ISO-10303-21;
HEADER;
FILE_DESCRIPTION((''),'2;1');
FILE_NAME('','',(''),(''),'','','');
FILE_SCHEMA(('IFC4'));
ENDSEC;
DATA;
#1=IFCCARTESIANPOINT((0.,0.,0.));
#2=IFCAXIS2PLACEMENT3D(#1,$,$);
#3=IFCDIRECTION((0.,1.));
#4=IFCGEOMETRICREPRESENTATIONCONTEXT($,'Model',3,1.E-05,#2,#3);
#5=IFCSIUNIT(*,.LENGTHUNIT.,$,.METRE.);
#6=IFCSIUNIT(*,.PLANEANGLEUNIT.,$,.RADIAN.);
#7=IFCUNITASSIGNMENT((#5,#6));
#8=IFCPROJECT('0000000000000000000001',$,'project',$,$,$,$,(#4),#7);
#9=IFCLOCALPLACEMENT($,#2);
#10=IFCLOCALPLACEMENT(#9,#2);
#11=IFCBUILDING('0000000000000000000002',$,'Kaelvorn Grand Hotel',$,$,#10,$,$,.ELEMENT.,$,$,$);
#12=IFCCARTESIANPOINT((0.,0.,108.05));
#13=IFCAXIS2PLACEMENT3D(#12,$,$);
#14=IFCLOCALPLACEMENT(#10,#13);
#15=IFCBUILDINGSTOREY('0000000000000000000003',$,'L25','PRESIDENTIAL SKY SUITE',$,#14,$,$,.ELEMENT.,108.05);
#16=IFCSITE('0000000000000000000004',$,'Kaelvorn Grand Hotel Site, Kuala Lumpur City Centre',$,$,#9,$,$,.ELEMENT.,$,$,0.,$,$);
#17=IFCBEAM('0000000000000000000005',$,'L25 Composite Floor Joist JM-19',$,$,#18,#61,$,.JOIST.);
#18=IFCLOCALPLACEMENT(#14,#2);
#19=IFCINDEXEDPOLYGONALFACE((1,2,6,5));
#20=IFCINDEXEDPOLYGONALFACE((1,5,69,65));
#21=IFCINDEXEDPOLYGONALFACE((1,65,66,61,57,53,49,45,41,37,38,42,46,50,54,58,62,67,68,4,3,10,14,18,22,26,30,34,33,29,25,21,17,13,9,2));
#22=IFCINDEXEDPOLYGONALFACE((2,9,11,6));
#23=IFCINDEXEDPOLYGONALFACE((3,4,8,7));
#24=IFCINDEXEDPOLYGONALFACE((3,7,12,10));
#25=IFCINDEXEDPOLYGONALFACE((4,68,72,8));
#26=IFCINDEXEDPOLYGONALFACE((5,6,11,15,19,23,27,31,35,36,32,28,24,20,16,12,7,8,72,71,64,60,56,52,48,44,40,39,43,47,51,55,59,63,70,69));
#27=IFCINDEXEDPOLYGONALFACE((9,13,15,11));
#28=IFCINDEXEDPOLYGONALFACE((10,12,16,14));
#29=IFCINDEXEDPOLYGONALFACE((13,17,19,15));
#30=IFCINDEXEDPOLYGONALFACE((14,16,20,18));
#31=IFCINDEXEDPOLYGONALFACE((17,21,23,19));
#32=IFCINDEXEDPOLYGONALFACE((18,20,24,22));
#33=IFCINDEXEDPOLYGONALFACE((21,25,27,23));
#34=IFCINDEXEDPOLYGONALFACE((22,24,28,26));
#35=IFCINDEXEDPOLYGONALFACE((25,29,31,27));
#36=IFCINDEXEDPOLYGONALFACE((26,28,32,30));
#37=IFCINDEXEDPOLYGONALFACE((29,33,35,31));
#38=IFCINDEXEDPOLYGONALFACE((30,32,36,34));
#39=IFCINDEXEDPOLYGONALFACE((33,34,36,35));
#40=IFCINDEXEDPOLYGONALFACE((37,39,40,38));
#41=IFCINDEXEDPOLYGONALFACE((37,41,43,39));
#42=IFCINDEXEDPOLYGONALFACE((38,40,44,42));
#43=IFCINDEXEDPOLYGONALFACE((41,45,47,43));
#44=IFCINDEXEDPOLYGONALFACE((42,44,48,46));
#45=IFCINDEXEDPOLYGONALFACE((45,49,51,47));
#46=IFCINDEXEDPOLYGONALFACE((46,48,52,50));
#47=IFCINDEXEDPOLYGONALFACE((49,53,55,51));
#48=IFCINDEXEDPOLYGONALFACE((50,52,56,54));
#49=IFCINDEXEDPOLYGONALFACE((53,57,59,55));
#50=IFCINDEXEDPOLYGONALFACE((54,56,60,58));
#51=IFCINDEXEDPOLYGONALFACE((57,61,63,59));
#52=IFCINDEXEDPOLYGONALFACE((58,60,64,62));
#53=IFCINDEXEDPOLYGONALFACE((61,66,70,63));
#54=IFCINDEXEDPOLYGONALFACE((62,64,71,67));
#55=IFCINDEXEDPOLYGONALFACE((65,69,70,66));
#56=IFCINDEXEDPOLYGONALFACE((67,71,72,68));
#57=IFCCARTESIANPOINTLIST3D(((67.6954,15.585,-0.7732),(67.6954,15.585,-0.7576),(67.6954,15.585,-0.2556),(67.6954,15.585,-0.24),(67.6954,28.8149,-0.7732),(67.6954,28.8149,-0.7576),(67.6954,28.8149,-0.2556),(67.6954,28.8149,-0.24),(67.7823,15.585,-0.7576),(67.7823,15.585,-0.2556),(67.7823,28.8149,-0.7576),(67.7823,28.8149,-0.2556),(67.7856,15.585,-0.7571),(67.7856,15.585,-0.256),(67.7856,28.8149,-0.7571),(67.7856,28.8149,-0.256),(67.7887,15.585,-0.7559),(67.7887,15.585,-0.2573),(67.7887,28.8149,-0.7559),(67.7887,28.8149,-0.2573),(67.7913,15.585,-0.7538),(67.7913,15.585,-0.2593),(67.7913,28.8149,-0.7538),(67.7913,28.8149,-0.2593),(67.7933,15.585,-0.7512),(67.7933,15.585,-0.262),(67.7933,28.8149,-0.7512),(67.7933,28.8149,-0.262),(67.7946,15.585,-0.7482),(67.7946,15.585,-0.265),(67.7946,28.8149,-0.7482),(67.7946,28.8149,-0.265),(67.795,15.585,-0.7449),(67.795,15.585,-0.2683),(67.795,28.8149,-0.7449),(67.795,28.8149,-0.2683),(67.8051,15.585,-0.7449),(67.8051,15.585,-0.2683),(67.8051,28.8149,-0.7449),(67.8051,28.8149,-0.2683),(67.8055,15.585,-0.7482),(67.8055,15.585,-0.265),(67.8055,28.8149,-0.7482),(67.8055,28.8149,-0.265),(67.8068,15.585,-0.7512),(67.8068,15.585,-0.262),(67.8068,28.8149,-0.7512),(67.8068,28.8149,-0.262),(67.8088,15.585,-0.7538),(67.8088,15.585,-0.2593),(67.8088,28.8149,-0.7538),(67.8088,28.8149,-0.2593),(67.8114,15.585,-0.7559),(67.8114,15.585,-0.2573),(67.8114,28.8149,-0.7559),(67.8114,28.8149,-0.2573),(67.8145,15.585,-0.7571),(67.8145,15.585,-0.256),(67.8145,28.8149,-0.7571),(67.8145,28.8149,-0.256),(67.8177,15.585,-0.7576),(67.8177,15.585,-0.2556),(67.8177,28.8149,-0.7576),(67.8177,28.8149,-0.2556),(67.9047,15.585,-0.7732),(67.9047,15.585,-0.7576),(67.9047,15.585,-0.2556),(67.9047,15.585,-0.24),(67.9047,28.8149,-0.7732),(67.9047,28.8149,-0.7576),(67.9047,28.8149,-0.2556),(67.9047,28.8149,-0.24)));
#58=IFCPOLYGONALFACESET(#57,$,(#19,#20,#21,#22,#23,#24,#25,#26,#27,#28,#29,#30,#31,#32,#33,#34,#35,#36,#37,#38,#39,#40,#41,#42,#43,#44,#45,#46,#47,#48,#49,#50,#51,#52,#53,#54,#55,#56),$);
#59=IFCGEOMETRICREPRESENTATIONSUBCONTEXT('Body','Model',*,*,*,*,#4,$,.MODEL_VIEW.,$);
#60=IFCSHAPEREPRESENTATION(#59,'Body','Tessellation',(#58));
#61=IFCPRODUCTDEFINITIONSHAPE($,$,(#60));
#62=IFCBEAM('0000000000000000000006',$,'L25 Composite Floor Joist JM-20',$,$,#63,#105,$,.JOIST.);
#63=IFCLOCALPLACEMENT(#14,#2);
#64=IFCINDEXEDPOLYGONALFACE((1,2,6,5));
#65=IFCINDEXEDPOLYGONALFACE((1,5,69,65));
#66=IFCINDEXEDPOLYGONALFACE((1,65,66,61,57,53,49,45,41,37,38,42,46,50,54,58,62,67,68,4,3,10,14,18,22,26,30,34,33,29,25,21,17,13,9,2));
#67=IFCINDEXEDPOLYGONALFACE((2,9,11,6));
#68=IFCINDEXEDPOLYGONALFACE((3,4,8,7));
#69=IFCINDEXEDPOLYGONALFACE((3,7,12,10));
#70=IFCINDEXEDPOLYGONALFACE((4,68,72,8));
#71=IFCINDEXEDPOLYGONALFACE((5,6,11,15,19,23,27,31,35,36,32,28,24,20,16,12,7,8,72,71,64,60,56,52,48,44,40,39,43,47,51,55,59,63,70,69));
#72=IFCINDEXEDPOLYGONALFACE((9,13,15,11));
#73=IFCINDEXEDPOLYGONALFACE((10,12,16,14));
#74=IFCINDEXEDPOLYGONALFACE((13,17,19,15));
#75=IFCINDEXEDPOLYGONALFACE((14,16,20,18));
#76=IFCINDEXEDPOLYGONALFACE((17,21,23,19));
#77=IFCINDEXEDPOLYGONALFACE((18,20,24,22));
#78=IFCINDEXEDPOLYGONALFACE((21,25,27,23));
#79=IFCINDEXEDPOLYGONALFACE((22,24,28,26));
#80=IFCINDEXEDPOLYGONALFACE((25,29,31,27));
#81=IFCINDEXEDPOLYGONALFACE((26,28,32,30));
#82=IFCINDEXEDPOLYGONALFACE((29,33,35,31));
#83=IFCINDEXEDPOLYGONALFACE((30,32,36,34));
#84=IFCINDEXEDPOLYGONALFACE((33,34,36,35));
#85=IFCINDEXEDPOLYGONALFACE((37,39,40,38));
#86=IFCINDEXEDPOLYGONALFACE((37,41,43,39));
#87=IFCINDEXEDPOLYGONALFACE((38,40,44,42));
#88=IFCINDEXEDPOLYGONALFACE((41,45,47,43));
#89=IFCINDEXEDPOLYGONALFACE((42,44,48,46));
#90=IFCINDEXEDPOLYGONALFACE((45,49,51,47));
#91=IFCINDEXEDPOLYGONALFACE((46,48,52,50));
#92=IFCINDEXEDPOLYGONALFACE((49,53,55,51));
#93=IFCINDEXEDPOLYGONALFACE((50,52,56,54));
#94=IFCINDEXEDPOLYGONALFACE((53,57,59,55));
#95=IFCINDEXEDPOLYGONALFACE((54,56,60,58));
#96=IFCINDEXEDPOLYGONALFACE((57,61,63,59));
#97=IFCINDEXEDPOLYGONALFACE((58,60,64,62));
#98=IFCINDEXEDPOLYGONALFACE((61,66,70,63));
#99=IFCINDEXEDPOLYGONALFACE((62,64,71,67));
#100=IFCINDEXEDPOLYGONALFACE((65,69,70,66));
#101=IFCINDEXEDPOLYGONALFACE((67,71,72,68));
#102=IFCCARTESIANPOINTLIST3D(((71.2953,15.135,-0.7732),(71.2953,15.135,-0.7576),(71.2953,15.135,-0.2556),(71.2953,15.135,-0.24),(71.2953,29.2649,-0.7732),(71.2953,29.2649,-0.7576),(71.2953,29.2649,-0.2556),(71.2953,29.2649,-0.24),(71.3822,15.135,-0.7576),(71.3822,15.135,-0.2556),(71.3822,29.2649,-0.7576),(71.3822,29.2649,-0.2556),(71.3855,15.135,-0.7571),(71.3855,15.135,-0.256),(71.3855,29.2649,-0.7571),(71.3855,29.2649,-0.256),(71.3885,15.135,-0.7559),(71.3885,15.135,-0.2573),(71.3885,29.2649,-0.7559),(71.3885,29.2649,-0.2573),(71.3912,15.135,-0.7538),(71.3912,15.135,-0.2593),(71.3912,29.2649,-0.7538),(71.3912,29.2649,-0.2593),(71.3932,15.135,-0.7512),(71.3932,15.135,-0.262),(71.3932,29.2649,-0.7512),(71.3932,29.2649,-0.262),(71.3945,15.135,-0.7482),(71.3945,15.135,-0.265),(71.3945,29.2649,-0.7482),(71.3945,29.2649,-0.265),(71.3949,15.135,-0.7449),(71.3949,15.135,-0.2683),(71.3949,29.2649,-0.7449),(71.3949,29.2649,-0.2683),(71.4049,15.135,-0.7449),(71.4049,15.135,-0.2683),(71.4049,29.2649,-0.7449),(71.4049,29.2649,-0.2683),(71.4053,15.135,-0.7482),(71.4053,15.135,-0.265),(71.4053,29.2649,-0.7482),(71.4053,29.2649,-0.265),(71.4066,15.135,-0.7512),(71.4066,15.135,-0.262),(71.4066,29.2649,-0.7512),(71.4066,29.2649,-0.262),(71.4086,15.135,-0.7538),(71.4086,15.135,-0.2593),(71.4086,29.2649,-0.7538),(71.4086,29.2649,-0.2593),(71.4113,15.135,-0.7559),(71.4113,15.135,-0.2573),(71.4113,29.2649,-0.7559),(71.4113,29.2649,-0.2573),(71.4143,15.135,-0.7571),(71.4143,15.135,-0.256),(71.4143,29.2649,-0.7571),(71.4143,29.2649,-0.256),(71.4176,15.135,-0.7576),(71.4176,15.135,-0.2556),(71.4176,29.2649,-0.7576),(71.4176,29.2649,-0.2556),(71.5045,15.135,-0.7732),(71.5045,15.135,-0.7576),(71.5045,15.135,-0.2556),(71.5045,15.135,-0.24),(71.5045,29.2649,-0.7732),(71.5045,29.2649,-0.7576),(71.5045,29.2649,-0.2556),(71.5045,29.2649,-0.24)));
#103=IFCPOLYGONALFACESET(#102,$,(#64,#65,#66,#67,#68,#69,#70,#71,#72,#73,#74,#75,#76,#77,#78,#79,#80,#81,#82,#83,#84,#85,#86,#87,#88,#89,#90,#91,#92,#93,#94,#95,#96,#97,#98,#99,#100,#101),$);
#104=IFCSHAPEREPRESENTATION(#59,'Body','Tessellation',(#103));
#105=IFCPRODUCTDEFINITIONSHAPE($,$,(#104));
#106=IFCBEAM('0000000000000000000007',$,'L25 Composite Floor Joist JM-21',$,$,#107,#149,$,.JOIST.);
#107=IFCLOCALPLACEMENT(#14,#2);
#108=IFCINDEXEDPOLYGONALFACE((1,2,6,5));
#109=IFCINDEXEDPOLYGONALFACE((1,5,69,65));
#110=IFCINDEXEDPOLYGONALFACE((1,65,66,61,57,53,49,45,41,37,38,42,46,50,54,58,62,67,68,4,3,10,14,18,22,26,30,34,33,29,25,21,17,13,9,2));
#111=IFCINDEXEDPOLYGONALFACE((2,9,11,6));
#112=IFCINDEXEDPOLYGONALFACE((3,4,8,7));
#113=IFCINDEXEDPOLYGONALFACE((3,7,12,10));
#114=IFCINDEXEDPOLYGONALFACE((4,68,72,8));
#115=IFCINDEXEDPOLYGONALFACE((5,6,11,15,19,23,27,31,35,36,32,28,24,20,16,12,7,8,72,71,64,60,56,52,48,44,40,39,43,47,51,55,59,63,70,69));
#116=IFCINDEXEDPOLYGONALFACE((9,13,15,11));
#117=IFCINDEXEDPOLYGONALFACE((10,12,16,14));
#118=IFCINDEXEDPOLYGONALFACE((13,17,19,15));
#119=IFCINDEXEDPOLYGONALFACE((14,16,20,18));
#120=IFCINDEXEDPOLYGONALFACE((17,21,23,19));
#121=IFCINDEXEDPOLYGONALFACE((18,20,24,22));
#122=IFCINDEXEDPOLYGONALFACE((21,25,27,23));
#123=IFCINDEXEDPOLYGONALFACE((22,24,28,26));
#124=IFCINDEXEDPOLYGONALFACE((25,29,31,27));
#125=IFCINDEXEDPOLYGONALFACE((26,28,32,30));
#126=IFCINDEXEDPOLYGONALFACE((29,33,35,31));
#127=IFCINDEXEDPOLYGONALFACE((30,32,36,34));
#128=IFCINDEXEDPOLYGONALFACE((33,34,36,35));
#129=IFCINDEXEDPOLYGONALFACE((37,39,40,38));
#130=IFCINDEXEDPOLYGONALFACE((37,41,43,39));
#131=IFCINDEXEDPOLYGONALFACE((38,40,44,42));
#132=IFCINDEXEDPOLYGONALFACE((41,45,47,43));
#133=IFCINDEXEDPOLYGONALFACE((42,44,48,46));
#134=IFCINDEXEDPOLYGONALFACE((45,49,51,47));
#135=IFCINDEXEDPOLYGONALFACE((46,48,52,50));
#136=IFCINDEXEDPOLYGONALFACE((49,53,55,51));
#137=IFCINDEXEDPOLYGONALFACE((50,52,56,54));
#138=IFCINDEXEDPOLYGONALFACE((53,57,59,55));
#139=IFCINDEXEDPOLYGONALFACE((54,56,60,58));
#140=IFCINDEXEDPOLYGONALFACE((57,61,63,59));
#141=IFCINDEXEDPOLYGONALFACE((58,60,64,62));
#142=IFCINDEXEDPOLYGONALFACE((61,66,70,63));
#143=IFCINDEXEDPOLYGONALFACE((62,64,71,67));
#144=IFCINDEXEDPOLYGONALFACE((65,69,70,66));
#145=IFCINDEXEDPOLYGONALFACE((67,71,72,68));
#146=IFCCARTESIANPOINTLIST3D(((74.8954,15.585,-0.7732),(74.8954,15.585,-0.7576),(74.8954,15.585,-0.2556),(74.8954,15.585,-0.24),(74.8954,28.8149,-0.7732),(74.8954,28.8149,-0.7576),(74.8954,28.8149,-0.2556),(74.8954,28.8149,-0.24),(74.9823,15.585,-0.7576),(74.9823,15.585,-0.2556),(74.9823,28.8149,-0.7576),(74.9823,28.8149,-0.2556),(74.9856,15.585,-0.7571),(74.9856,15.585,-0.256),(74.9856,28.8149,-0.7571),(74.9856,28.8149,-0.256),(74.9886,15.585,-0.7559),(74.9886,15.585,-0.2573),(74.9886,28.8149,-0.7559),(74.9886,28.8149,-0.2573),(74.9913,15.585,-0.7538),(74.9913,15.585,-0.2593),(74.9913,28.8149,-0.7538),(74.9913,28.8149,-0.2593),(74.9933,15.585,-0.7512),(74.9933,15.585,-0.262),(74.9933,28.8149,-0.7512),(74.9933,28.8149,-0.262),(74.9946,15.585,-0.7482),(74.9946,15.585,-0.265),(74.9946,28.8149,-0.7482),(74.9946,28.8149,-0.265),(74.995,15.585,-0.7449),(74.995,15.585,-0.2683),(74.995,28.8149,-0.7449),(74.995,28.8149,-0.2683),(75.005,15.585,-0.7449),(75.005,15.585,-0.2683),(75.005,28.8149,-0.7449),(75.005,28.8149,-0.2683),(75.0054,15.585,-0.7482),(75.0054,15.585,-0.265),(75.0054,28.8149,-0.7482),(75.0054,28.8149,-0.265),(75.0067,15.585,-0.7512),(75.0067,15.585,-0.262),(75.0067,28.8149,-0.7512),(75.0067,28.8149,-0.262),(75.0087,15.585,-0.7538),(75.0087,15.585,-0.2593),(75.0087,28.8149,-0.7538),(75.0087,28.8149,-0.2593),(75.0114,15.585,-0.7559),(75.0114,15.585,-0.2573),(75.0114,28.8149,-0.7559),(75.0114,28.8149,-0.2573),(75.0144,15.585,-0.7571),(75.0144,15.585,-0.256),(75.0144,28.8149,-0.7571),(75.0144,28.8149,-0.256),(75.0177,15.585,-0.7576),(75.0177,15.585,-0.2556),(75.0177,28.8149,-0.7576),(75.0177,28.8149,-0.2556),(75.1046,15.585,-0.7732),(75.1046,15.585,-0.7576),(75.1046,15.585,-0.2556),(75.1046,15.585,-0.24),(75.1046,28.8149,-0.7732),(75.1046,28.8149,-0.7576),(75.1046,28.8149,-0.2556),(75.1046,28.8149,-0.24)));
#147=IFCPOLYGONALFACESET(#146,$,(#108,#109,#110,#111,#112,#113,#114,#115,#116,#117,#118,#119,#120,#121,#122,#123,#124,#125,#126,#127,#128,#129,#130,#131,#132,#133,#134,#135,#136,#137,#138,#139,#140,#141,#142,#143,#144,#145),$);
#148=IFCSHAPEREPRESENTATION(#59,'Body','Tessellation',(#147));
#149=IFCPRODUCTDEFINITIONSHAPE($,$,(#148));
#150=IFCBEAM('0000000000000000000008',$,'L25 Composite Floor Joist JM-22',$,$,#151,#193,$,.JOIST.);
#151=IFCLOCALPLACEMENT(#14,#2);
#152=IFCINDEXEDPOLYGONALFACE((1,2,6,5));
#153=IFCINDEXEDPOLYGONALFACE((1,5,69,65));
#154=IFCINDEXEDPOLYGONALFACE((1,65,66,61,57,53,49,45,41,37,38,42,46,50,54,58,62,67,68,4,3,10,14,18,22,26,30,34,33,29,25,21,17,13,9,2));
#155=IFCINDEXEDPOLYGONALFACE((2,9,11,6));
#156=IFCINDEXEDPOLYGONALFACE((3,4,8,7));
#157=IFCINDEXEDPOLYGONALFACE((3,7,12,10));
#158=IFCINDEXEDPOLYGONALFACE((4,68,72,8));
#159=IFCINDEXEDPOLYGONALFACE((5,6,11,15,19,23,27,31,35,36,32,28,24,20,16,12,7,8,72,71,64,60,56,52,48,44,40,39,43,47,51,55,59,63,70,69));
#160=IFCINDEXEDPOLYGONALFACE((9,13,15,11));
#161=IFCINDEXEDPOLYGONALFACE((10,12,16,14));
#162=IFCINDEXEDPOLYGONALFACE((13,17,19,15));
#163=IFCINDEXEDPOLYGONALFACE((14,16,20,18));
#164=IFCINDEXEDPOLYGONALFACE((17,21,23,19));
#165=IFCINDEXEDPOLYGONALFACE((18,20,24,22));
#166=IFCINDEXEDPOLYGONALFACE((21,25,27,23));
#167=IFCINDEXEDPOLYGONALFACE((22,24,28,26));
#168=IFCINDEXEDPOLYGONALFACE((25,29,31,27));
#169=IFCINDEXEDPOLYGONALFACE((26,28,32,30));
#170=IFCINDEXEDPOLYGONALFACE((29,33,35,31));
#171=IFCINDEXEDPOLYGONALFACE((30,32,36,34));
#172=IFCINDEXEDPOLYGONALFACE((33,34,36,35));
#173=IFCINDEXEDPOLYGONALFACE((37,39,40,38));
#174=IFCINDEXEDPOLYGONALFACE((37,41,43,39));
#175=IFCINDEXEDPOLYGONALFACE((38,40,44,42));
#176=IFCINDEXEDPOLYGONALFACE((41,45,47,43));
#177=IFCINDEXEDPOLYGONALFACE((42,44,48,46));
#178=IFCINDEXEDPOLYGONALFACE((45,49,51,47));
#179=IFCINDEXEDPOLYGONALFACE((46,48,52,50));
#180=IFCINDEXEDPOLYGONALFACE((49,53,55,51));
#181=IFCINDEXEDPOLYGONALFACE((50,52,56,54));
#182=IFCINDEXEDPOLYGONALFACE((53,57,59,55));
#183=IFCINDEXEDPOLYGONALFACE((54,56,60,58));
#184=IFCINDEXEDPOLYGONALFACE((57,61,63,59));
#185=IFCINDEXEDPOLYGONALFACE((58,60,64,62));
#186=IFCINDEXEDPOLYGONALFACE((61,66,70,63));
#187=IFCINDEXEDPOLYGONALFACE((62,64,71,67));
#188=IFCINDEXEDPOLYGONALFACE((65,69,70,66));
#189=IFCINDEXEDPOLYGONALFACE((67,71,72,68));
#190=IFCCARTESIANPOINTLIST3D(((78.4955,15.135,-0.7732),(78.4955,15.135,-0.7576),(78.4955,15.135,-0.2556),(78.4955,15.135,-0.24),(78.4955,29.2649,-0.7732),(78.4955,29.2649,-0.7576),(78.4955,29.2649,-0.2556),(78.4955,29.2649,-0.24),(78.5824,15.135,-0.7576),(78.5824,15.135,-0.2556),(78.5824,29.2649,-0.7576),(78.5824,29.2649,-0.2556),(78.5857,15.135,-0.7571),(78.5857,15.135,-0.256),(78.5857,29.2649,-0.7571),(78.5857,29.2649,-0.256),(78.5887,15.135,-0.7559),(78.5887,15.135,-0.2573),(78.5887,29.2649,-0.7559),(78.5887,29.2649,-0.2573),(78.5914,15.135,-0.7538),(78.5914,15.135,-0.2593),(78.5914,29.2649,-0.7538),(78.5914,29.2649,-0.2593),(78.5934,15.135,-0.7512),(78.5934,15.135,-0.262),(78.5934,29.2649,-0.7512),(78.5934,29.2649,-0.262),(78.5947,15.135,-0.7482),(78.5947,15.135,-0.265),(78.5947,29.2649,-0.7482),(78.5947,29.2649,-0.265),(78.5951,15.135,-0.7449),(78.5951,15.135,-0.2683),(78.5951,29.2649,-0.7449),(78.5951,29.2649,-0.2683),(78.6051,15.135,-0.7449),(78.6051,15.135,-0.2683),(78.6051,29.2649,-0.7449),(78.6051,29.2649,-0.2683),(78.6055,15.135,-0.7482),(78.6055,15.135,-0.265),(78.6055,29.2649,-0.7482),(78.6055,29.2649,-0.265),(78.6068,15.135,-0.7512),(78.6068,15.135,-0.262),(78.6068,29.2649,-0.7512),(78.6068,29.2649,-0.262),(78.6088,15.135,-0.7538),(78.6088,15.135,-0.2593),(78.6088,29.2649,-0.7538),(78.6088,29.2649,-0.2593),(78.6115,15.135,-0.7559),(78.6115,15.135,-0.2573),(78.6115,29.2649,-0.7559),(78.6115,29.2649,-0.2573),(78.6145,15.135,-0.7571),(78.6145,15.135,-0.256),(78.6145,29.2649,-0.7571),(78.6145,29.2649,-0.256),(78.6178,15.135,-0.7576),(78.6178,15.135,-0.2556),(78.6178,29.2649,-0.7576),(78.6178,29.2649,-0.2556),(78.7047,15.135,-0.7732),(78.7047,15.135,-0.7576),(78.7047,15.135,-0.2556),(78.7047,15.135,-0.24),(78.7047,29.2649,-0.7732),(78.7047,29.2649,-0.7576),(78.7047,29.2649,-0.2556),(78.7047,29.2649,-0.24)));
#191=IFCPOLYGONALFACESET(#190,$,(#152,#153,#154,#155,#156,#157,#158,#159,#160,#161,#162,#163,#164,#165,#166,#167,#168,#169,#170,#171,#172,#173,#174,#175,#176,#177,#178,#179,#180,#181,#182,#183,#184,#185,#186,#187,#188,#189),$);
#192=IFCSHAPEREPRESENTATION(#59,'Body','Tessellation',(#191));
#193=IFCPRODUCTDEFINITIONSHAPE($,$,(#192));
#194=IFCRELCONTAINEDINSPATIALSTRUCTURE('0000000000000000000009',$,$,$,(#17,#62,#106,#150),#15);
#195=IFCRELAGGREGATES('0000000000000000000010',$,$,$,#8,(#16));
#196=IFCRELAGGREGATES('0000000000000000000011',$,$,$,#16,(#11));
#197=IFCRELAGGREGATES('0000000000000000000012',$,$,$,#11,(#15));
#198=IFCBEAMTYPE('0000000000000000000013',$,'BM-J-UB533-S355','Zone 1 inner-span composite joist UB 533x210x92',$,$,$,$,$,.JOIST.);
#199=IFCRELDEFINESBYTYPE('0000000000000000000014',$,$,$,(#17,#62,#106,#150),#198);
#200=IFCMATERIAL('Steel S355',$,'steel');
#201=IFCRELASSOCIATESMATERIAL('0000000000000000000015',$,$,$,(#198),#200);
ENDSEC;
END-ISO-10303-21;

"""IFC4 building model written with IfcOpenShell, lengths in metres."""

from ifc_helpers import new_model, si_unit, direction, frame, origin, origin_2d, place, context, subcontext, project, spatial, i_section, extrude, material, material_profile, profile_set, type_object, element, save


model = new_model("IFC4")

# Units and contexts
model_context = context("Model", 3, precision=1e-05, world=origin(), true_north=direction((0.0, 1.0)))
body_context = subcontext(model_context, "Body", "Model", "MODEL_VIEW")
ifc_project = project(units=[si_unit("LENGTHUNIT", "METRE"), si_unit("PLANEANGLEUNIT", "RADIAN")], contexts=[model_context])

# Site, building, storey
site_placement = place(None, origin())
site = spatial("IfcSite", under=ifc_project, at=site_placement, Name="Kaelvorn Grand Hotel Site, Kuala Lumpur City Centre", CompositionType="ELEMENT", RefElevation=0.0)
building_placement = place(site_placement, origin())
building = spatial("IfcBuilding", under=site, at=building_placement, Name="Kaelvorn Grand Hotel", CompositionType="ELEMENT")
storey_placement = place(building_placement, frame((0.0, 0.0, 108.05)))
storey = spatial("IfcBuildingStorey", under=building, at=storey_placement, Name="L25", Description="PRESIDENTIAL SKY SUITE", CompositionType="ELEMENT", Elevation=108.05)

# Beams
ifc_material_1 = material(Name="Steel S355", Category="steel")
ifc_material_profile_1 = material_profile(ifc_material_1, i_section(OverallWidth=0.2092, OverallDepth=0.5332, WebThickness=0.01, FlangeThickness=0.0156, FilletRadius=0.0127, at=origin_2d()), Name="UB 533x210x92")
ifc_profile_set_1 = profile_set([ifc_material_profile_1], Name="Steel S355")
beam_type_1 = type_object("IfcBeamType", Name="BM-J-UB533-S355", Description="Zone 1 inner-span composite joist UB 533x210x92", PredefinedType="JOIST", material=ifc_profile_set_1)
beam_1_placement = place(storey_placement, frame((67.8, 15.585, -0.5066), z_axis=(0.0, 1.0, 0.0), x_axis=(-1.0, 0.0, 0.0)))
element("IfcBeam", 1, at=beam_1_placement, inside=storey, type_object=beam_type_1, Name="L25 Composite Floor Joist JM-19", PredefinedType="JOIST", context=body_context, shape_type="SweptSolid", body=[
    extrude(i_section(OverallWidth=0.2092, OverallDepth=0.5332, WebThickness=0.01, FlangeThickness=0.0156, FilletRadius=0.0127, at=origin_2d()), origin(), (0.0, 0.0, 1.0), 13.23),
])
beam_2_placement = place(storey_placement, frame((71.3999, 15.135, -0.5066), z_axis=(0.0, 1.0, 0.0), x_axis=(-1.0, 0.0, 0.0)))
element("IfcBeam", 2, at=beam_2_placement, inside=storey, type_object=beam_type_1, Name="L25 Composite Floor Joist JM-20", PredefinedType="JOIST", context=body_context, shape_type="SweptSolid", body=[
    extrude(i_section(OverallWidth=0.2092, OverallDepth=0.5332, WebThickness=0.01, FlangeThickness=0.0156, FilletRadius=0.0127, at=origin_2d()), origin(), (0.0, 0.0, 1.0), 14.1299),
])
beam_3_placement = place(storey_placement, frame((75.0, 15.585, -0.5066), z_axis=(0.0, 1.0, 0.0), x_axis=(-1.0, 0.0, 0.0)))
element("IfcBeam", 3, at=beam_3_placement, inside=storey, type_object=beam_type_1, Name="L25 Composite Floor Joist JM-21", PredefinedType="JOIST", context=body_context, shape_type="SweptSolid", body=[
    extrude(i_section(OverallWidth=0.2092, OverallDepth=0.5332, WebThickness=0.01, FlangeThickness=0.0156, FilletRadius=0.0127, at=origin_2d()), origin(), (0.0, 0.0, 1.0), 13.23),
])
beam_4_placement = place(storey_placement, frame((78.6001, 15.135, -0.5066), z_axis=(0.0, 1.0, 0.0), x_axis=(-1.0, 0.0, 0.0)))
element("IfcBeam", 4, at=beam_4_placement, inside=storey, type_object=beam_type_1, Name="L25 Composite Floor Joist JM-22", PredefinedType="JOIST", context=body_context, shape_type="SweptSolid", body=[
    extrude(i_section(OverallWidth=0.2092, OverallDepth=0.5332, WebThickness=0.01, FlangeThickness=0.0156, FilletRadius=0.0127, at=origin_2d()), origin(), (0.0, 0.0, 1.0), 14.1299),
])

save(model, "model.ifc")
